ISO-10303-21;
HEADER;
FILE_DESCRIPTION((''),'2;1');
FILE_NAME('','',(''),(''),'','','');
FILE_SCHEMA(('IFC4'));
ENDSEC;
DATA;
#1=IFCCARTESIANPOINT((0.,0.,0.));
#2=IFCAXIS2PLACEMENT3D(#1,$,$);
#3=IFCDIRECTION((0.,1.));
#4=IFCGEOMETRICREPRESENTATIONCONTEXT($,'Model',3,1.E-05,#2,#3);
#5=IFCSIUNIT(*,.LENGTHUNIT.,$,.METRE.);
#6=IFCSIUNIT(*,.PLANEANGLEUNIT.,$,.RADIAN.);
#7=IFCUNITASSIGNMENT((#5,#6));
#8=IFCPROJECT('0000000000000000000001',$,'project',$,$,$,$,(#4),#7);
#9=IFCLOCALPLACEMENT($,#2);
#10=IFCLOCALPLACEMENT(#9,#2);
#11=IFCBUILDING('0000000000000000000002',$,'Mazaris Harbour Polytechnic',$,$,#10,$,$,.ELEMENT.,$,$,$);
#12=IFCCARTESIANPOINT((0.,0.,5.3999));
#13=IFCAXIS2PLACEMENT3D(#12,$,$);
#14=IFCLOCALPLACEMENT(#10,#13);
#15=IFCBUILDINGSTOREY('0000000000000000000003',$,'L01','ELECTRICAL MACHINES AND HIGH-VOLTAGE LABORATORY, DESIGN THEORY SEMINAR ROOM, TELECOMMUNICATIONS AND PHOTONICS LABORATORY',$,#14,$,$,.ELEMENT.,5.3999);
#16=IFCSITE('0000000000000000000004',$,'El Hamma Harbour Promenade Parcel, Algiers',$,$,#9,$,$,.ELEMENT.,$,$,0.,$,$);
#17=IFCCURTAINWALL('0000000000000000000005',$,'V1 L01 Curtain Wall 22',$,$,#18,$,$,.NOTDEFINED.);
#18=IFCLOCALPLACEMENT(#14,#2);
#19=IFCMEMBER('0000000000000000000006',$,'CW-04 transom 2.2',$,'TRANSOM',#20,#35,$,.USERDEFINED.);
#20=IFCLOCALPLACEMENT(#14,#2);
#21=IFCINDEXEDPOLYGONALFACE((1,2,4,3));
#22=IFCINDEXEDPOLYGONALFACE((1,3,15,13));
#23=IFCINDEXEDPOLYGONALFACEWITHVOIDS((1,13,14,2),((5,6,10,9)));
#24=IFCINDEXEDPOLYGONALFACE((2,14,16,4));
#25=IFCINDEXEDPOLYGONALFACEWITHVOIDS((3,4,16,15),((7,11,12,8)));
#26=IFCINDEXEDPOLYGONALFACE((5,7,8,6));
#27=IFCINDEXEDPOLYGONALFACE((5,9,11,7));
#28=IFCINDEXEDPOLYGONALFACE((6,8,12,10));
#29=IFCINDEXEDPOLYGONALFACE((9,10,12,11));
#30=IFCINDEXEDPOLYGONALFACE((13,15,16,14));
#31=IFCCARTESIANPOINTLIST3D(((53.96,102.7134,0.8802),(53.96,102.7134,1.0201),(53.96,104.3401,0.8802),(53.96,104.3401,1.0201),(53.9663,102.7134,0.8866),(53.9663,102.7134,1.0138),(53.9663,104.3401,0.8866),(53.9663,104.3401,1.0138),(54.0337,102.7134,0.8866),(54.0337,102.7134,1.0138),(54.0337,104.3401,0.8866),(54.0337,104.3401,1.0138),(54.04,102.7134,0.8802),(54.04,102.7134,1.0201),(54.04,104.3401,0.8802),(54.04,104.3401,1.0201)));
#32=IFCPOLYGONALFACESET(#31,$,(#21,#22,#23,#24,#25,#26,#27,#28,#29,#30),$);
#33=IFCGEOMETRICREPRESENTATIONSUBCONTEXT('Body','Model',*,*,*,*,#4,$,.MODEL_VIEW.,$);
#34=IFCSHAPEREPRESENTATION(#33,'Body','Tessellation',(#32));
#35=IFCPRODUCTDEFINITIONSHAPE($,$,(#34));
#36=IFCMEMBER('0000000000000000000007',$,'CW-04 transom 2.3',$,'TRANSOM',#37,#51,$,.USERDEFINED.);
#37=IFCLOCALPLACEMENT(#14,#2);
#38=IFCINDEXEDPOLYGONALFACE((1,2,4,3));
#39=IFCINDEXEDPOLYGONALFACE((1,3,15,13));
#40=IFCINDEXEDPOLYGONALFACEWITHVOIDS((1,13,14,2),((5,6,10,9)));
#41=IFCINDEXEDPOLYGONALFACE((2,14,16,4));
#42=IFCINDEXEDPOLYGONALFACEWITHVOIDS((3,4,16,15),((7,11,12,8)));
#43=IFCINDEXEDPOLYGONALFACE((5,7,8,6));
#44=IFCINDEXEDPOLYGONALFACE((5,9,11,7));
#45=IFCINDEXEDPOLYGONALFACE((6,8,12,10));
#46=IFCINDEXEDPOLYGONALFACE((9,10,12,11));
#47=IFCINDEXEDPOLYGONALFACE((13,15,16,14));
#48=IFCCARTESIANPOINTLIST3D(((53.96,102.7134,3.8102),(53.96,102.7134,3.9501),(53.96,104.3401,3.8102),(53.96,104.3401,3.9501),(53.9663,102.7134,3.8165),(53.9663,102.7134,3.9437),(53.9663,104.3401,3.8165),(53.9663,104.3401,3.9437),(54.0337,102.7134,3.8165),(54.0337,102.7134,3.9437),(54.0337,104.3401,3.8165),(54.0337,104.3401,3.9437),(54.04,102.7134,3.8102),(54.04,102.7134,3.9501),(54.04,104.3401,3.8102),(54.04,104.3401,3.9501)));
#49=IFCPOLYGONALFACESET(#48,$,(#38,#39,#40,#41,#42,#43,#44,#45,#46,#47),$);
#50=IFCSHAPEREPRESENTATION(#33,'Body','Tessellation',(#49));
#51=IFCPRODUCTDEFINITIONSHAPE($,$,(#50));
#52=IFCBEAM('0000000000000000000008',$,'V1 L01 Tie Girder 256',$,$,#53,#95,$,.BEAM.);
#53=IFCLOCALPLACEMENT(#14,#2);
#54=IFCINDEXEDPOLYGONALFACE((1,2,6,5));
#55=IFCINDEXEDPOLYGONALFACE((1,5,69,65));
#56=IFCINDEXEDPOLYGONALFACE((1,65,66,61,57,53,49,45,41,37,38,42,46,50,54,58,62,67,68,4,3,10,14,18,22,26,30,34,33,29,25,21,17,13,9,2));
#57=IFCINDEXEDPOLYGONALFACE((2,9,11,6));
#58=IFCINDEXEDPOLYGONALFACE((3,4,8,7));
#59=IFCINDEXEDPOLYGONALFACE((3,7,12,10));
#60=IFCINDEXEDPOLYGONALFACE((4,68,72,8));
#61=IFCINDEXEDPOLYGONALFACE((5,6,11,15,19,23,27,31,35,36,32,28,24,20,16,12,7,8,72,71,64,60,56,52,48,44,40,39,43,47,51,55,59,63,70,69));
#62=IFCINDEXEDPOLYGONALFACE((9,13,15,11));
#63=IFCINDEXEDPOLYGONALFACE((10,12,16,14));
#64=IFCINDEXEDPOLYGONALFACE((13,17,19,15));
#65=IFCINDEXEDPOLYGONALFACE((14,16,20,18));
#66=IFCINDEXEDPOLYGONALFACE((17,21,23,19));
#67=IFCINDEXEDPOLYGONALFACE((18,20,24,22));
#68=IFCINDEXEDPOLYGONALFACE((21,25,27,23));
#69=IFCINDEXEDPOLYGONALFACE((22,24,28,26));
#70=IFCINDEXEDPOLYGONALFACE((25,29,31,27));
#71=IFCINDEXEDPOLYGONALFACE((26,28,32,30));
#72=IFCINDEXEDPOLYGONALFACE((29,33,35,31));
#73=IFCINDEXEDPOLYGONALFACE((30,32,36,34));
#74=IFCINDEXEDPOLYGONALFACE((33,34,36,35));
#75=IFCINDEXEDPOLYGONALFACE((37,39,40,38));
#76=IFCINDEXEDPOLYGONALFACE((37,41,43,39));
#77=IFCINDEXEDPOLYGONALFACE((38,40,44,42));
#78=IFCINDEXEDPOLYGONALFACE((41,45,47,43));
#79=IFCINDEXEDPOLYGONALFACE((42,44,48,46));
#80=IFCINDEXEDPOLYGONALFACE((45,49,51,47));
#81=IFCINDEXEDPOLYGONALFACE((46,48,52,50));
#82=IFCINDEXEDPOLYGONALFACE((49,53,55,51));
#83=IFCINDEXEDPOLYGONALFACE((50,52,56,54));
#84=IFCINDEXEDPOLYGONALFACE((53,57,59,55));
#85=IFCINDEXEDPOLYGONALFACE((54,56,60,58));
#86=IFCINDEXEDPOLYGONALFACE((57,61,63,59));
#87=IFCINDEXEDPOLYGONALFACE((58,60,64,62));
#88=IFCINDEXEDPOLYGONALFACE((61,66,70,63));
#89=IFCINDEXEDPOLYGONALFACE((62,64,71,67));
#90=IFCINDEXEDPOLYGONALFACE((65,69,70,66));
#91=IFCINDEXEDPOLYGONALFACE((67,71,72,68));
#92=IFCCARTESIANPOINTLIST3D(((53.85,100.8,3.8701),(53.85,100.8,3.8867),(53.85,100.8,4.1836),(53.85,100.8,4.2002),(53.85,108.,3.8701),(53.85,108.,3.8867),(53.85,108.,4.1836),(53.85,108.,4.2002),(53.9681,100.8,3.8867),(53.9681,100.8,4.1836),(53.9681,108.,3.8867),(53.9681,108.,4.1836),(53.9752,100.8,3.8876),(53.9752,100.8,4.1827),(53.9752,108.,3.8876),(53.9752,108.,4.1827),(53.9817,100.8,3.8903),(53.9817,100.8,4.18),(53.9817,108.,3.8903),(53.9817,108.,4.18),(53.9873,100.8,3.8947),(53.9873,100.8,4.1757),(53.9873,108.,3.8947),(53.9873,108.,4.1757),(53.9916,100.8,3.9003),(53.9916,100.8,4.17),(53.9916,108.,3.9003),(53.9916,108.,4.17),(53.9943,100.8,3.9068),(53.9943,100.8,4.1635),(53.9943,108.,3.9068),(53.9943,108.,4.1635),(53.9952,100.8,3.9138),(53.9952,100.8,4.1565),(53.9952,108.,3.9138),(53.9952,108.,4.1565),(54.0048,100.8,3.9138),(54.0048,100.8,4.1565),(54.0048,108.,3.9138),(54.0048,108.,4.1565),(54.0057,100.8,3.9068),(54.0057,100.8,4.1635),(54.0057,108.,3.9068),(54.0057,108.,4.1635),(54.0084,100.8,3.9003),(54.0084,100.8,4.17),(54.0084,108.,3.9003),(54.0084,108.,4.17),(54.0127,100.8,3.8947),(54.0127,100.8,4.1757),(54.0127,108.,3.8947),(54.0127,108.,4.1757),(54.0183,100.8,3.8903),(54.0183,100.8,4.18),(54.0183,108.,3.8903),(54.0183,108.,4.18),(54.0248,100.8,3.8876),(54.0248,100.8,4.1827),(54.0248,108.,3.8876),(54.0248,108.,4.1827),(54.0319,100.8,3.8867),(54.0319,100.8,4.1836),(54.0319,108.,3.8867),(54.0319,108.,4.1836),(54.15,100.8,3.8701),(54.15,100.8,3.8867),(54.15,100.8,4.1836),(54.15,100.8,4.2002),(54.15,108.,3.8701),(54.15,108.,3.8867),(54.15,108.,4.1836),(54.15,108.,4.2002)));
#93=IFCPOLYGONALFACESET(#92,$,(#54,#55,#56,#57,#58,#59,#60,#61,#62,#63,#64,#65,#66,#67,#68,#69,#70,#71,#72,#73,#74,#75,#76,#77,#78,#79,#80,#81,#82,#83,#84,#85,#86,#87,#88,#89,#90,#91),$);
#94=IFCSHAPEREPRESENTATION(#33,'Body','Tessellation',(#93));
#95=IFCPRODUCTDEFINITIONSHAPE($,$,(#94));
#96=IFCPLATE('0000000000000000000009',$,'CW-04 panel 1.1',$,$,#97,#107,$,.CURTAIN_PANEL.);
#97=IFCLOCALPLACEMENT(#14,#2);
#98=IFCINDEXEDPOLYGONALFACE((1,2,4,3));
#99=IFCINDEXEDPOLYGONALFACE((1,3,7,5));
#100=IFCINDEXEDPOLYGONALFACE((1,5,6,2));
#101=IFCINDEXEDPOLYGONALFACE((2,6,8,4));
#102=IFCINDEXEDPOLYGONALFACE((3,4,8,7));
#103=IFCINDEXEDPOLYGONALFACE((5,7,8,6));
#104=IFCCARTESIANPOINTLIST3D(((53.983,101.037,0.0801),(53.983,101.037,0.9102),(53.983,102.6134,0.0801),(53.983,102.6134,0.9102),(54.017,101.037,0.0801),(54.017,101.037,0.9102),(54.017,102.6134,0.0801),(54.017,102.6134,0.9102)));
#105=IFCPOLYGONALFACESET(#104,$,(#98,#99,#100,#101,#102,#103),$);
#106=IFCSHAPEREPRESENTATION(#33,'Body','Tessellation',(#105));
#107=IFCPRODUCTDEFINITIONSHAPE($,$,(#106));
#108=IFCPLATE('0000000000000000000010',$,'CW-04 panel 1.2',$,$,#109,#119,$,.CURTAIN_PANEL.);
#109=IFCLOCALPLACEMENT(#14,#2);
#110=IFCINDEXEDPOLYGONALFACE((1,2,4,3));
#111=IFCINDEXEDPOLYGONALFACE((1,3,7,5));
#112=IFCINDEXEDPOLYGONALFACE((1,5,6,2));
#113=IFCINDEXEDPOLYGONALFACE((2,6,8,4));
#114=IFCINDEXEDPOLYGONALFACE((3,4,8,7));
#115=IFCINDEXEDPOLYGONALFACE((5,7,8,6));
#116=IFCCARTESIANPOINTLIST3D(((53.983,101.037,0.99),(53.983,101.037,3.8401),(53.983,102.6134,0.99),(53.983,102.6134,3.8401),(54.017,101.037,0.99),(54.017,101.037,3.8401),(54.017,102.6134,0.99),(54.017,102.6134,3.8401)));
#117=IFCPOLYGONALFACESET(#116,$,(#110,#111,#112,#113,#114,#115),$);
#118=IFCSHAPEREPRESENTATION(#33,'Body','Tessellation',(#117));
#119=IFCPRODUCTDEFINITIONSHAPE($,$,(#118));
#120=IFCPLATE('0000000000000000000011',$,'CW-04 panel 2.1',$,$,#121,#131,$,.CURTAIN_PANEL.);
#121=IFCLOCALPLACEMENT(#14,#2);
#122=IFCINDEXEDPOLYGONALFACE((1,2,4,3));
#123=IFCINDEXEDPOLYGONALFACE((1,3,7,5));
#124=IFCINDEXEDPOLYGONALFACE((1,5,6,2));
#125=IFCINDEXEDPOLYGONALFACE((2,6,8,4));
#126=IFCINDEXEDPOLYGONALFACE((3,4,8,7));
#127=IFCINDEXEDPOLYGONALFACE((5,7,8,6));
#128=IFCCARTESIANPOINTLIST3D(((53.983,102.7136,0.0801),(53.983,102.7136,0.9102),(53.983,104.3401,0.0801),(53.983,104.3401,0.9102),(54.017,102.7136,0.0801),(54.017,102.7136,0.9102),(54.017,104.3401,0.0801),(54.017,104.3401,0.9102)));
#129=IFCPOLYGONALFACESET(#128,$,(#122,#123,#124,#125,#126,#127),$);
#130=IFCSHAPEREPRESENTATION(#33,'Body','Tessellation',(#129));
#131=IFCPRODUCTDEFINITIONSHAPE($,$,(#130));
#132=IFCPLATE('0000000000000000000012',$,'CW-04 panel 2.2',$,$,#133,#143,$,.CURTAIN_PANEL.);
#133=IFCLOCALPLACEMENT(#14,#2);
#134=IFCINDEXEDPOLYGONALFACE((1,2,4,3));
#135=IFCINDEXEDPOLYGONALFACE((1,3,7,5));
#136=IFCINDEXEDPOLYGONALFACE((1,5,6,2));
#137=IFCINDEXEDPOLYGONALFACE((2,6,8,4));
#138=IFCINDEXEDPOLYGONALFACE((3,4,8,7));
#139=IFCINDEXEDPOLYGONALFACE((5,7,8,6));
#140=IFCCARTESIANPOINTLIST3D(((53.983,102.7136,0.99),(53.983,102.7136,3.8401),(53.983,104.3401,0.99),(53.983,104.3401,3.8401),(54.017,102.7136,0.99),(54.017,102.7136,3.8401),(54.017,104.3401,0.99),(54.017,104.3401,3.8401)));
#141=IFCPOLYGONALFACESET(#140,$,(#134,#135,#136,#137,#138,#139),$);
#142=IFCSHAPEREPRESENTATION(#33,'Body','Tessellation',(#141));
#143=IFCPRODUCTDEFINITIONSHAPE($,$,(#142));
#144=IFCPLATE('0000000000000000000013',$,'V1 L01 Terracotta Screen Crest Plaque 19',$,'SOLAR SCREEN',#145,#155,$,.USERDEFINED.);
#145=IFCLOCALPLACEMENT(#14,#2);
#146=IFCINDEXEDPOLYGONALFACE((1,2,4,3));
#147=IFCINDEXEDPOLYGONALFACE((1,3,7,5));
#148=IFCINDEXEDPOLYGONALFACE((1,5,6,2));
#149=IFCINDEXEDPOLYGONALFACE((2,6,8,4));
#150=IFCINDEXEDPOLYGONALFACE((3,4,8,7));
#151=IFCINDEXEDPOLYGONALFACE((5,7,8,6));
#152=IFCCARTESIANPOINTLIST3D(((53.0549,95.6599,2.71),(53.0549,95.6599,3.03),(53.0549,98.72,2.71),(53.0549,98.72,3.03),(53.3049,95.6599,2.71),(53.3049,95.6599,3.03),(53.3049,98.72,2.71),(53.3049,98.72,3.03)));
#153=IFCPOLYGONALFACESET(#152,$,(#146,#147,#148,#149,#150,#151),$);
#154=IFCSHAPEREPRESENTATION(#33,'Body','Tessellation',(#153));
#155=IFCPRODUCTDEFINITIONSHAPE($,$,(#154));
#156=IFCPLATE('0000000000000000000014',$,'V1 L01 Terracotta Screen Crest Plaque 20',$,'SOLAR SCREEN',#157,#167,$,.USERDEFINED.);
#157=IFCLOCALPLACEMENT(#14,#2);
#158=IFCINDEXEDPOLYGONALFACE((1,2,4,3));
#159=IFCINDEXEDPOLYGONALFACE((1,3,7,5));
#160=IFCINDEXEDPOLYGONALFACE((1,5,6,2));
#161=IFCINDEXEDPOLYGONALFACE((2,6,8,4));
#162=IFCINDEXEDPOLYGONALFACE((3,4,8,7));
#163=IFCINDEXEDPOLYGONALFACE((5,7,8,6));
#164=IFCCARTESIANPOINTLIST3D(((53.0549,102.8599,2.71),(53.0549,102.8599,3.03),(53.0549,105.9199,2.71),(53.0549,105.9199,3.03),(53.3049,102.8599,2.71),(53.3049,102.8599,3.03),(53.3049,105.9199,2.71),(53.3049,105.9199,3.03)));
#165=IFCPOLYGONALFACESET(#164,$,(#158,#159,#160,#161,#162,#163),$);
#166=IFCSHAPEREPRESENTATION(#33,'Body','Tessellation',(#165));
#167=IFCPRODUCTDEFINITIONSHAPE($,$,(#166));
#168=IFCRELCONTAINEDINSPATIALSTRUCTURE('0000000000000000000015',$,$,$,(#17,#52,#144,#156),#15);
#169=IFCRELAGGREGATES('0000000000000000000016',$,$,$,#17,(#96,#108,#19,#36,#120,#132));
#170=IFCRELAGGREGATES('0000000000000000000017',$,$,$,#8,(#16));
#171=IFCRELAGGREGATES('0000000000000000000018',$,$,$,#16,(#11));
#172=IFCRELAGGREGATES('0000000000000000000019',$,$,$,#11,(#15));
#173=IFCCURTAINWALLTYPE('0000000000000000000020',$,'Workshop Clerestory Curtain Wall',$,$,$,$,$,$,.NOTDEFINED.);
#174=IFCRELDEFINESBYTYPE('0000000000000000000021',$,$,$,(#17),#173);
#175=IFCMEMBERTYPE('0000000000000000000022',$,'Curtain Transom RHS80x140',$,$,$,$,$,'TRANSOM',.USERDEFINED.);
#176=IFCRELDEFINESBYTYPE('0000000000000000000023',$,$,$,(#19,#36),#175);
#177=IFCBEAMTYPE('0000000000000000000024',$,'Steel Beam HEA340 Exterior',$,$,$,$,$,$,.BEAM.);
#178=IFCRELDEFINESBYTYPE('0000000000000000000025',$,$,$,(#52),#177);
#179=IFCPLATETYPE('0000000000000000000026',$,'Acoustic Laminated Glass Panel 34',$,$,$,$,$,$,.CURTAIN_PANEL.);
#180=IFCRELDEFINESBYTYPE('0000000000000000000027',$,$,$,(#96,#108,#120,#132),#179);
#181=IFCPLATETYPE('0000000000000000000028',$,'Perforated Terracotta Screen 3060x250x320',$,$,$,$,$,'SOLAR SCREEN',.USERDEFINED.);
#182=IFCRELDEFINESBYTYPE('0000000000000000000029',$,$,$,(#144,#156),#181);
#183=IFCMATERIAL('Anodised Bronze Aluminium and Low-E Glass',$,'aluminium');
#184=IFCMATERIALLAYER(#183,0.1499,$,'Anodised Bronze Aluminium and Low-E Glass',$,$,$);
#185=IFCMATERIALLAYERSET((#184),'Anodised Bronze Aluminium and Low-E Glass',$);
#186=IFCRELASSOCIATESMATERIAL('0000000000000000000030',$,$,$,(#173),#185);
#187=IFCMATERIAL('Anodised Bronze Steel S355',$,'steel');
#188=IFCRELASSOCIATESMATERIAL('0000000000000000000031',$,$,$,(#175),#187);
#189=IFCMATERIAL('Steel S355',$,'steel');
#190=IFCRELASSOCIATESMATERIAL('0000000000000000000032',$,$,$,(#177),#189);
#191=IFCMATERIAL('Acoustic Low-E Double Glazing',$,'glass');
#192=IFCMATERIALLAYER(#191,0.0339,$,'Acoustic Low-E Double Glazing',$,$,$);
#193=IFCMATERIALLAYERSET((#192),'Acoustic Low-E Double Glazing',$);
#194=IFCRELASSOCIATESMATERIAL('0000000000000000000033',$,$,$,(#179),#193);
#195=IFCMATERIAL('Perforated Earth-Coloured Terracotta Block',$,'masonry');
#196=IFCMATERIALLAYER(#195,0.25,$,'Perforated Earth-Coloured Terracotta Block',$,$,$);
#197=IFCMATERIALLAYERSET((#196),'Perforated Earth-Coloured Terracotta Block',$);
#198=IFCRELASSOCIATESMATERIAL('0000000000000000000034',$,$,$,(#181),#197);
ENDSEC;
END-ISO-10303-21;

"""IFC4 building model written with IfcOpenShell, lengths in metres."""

from ifc_helpers import new_model, si_unit, direction, frame, origin, origin_2d, place, context, subcontext, project, spatial, rectangle, hollow_rectangle, i_section, extrude, material, layer, layer_set, material_profile, profile_set, type_object, element, aggregate, save


model = new_model("IFC4")

# Units and contexts
model_context = context("Model", 3, precision=1e-05, world=origin(), true_north=direction((0.0, 1.0)))
body_context = subcontext(model_context, "Body", "Model", "MODEL_VIEW")
ifc_project = project(units=[si_unit("LENGTHUNIT", "METRE"), si_unit("PLANEANGLEUNIT", "RADIAN")], contexts=[model_context])

# Site, building, storey
site_placement = place(None, origin())
site = spatial("IfcSite", under=ifc_project, at=site_placement, Name="El Hamma Harbour Promenade Parcel, Algiers", CompositionType="ELEMENT", RefElevation=0.0)
building_placement = place(site_placement, origin())
building = spatial("IfcBuilding", under=site, at=building_placement, Name="Mazaris Harbour Polytechnic", CompositionType="ELEMENT")
storey_placement = place(building_placement, frame((0.0, 0.0, 5.3999)))
storey = spatial("IfcBuildingStorey", under=building, at=storey_placement, Name="L01", Description="ELECTRICAL MACHINES AND HIGH-VOLTAGE LABORATORY, DESIGN THEORY SEMINAR ROOM, TELECOMMUNICATIONS AND PHOTONICS LABORATORY", CompositionType="ELEMENT", Elevation=5.3999)

# Curtain wall, members
ifc_material_1 = material(Name="Anodised Bronze Aluminium and Low-E Glass", Category="aluminium")
ifc_layer_1 = layer(ifc_material_1, 0.1499, Name="Anodised Bronze Aluminium and Low-E Glass")
ifc_layer_set_1 = layer_set([ifc_layer_1], Name="Anodised Bronze Aluminium and Low-E Glass")
curtain_wall_type = type_object("IfcCurtainWallType", Name="Workshop Clerestory Curtain Wall", PredefinedType="NOTDEFINED", material=ifc_layer_set_1)
curtain_wall_placement = place(storey_placement, origin())
curtain_wall = element("IfcCurtainWall", 1, at=curtain_wall_placement, inside=storey, type_object=curtain_wall_type, Name="V1 L01 Curtain Wall 22", PredefinedType="NOTDEFINED")
ifc_material_2 = material(Name="Anodised Bronze Steel S355", Category="steel")
ifc_material_profile_1 = material_profile(ifc_material_2, hollow_rectangle(XDim=0.0801, YDim=0.1399, WallThickness=0.0063, at=origin_2d()), Name="RHS 80x140x6.3")
ifc_profile_set_1 = profile_set([ifc_material_profile_1], Name="Anodised Bronze Steel S355")
member_type_1 = type_object("IfcMemberType", Name="Curtain Transom RHS80x140", ElementType="TRANSOM", PredefinedType="USERDEFINED", material=ifc_profile_set_1)
member_1_placement = place(storey_placement, frame((54.0, 102.7134, 0.9502), z_axis=(0.0, 1.0, 0.0), x_axis=(-1.0, 0.0, 0.0)))
member_1 = element("IfcMember", 2, at=member_1_placement, type_object=member_type_1, Name="CW-04 transom 2.2", ObjectType="TRANSOM", PredefinedType="USERDEFINED", context=body_context, shape_type="SweptSolid", body=[
    extrude(hollow_rectangle(XDim=0.0801, YDim=0.1399, WallThickness=0.0063, at=origin_2d()), origin(), (0.0, 0.0, 1.0), 1.6267),
])
member_2_placement = place(storey_placement, frame((54.0, 102.7134, 3.8801), z_axis=(0.0, 1.0, 0.0), x_axis=(-1.0, 0.0, 0.0)))
member_2 = element("IfcMember", 3, at=member_2_placement, type_object=member_type_1, Name="CW-04 transom 2.3", ObjectType="TRANSOM", PredefinedType="USERDEFINED", context=body_context, shape_type="SweptSolid", body=[
    extrude(hollow_rectangle(XDim=0.0801, YDim=0.1399, WallThickness=0.0063, at=origin_2d()), origin(), (0.0, 0.0, 1.0), 1.6267),
])

# Beam
ifc_material_3 = material(Name="Steel S355", Category="steel")
ifc_material_profile_2 = material_profile(ifc_material_3, i_section(OverallWidth=0.3, OverallDepth=0.3301, WebThickness=0.0095, FlangeThickness=0.0166, FilletRadius=0.0271, at=origin_2d()), Name="HEA 340")
ifc_profile_set_2 = profile_set([ifc_material_profile_2], Name="Steel S355")
beam_type = type_object("IfcBeamType", Name="Steel Beam HEA340 Exterior", PredefinedType="BEAM", material=ifc_profile_set_2)
beam_placement = place(storey_placement, frame((54.0, 100.8, 4.0352), z_axis=(0.0, 1.0, 0.0), x_axis=(-1.0, 0.0, 0.0)))
element("IfcBeam", 4, at=beam_placement, inside=storey, type_object=beam_type, Name="V1 L01 Tie Girder 256", PredefinedType="BEAM", context=body_context, shape_type="SweptSolid", body=[
    extrude(i_section(OverallWidth=0.3, OverallDepth=0.3301, WebThickness=0.0095, FlangeThickness=0.0166, FilletRadius=0.0271, at=origin_2d()), origin(), (0.0, 0.0, 1.0), 7.2),
])

# Plates
ifc_material_4 = material(Name="Acoustic Low-E Double Glazing", Category="glass")
ifc_layer_2 = layer(ifc_material_4, 0.0339, Name="Acoustic Low-E Double Glazing")
ifc_layer_set_2 = layer_set([ifc_layer_2], Name="Acoustic Low-E Double Glazing")
plate_type_1 = type_object("IfcPlateType", Name="Acoustic Laminated Glass Panel 34", PredefinedType="CURTAIN_PANEL", material=ifc_layer_set_2)
plate_1_placement = place(storey_placement, frame((54.0, 101.8252, 0.0801), z_axis=(0.0, 0.0, 1.0), x_axis=(0.0, 1.0, 0.0)))
plate_1 = element("IfcPlate", 5, at=plate_1_placement, type_object=plate_type_1, Name="CW-04 panel 1.1", PredefinedType="CURTAIN_PANEL", context=body_context, shape_type="SweptSolid", body=[
    extrude(rectangle(XDim=1.5764, YDim=0.0339, at=origin_2d()), origin(), (0.0, 0.0, 1.0), 0.8301),
])
plate_2_placement = place(storey_placement, frame((54.0, 101.8252, 0.99), z_axis=(0.0, 0.0, 1.0), x_axis=(0.0, 1.0, 0.0)))
plate_2 = element("IfcPlate", 6, at=plate_2_placement, type_object=plate_type_1, Name="CW-04 panel 1.2", PredefinedType="CURTAIN_PANEL", context=body_context, shape_type="SweptSolid", body=[
    extrude(rectangle(XDim=1.5764, YDim=0.0339, at=origin_2d()), origin(), (0.0, 0.0, 1.0), 2.8501),
])
plate_3_placement = place(storey_placement, frame((54.0, 103.5269, 0.0801), z_axis=(0.0, 0.0, 1.0), x_axis=(0.0, 1.0, 0.0)))
plate_3 = element("IfcPlate", 7, at=plate_3_placement, type_object=plate_type_1, Name="CW-04 panel 2.1", PredefinedType="CURTAIN_PANEL", context=body_context, shape_type="SweptSolid", body=[
    extrude(rectangle(XDim=1.6265, YDim=0.0339, at=origin_2d()), origin(), (0.0, 0.0, 1.0), 0.8301),
])
plate_4_placement = place(storey_placement, frame((54.0, 103.5269, 0.99), z_axis=(0.0, 0.0, 1.0), x_axis=(0.0, 1.0, 0.0)))
plate_4 = element("IfcPlate", 8, at=plate_4_placement, type_object=plate_type_1, Name="CW-04 panel 2.2", PredefinedType="CURTAIN_PANEL", context=body_context, shape_type="SweptSolid", body=[
    extrude(rectangle(XDim=1.6265, YDim=0.0339, at=origin_2d()), origin(), (0.0, 0.0, 1.0), 2.8501),
])
aggregate(curtain_wall, [plate_1, plate_2, member_1, member_2, plate_3, plate_4])

# Plates
ifc_material_5 = material(Name="Perforated Earth-Coloured Terracotta Block", Category="masonry")
ifc_layer_3 = layer(ifc_material_5, 0.25, Name="Perforated Earth-Coloured Terracotta Block")
ifc_layer_set_3 = layer_set([ifc_layer_3], Name="Perforated Earth-Coloured Terracotta Block")
plate_type_2 = type_object("IfcPlateType", Name="Perforated Terracotta Screen 3060x250x320", ElementType="SOLAR SCREEN", PredefinedType="USERDEFINED", material=ifc_layer_set_3)
for number, where, z_axis, x_axis, name in (
    (9, (53.1799, 97.1899, 2.71), (0.0, 0.0, 1.0), (0.0, 1.0, 0.0), "V1 L01 Terracotta Screen Crest Plaque 19"),
    (10, (53.1799, 104.3899, 2.71), (0.0, 0.0, 1.0), (0.0, 1.0, 0.0), "V1 L01 Terracotta Screen Crest Plaque 20"),
):
    element("IfcPlate", number, at=place(storey_placement, frame(where, z_axis=z_axis, x_axis=x_axis)), inside=storey, type_object=plate_type_2, Name=name, ObjectType="SOLAR SCREEN", PredefinedType="USERDEFINED", context=body_context, shape_type="SweptSolid", body=[
        extrude(rectangle(XDim=3.0601, YDim=0.25, at=origin_2d()), origin(), (0.0, 0.0, 1.0), 0.3201),
    ])

save(model, "model.ifc")
